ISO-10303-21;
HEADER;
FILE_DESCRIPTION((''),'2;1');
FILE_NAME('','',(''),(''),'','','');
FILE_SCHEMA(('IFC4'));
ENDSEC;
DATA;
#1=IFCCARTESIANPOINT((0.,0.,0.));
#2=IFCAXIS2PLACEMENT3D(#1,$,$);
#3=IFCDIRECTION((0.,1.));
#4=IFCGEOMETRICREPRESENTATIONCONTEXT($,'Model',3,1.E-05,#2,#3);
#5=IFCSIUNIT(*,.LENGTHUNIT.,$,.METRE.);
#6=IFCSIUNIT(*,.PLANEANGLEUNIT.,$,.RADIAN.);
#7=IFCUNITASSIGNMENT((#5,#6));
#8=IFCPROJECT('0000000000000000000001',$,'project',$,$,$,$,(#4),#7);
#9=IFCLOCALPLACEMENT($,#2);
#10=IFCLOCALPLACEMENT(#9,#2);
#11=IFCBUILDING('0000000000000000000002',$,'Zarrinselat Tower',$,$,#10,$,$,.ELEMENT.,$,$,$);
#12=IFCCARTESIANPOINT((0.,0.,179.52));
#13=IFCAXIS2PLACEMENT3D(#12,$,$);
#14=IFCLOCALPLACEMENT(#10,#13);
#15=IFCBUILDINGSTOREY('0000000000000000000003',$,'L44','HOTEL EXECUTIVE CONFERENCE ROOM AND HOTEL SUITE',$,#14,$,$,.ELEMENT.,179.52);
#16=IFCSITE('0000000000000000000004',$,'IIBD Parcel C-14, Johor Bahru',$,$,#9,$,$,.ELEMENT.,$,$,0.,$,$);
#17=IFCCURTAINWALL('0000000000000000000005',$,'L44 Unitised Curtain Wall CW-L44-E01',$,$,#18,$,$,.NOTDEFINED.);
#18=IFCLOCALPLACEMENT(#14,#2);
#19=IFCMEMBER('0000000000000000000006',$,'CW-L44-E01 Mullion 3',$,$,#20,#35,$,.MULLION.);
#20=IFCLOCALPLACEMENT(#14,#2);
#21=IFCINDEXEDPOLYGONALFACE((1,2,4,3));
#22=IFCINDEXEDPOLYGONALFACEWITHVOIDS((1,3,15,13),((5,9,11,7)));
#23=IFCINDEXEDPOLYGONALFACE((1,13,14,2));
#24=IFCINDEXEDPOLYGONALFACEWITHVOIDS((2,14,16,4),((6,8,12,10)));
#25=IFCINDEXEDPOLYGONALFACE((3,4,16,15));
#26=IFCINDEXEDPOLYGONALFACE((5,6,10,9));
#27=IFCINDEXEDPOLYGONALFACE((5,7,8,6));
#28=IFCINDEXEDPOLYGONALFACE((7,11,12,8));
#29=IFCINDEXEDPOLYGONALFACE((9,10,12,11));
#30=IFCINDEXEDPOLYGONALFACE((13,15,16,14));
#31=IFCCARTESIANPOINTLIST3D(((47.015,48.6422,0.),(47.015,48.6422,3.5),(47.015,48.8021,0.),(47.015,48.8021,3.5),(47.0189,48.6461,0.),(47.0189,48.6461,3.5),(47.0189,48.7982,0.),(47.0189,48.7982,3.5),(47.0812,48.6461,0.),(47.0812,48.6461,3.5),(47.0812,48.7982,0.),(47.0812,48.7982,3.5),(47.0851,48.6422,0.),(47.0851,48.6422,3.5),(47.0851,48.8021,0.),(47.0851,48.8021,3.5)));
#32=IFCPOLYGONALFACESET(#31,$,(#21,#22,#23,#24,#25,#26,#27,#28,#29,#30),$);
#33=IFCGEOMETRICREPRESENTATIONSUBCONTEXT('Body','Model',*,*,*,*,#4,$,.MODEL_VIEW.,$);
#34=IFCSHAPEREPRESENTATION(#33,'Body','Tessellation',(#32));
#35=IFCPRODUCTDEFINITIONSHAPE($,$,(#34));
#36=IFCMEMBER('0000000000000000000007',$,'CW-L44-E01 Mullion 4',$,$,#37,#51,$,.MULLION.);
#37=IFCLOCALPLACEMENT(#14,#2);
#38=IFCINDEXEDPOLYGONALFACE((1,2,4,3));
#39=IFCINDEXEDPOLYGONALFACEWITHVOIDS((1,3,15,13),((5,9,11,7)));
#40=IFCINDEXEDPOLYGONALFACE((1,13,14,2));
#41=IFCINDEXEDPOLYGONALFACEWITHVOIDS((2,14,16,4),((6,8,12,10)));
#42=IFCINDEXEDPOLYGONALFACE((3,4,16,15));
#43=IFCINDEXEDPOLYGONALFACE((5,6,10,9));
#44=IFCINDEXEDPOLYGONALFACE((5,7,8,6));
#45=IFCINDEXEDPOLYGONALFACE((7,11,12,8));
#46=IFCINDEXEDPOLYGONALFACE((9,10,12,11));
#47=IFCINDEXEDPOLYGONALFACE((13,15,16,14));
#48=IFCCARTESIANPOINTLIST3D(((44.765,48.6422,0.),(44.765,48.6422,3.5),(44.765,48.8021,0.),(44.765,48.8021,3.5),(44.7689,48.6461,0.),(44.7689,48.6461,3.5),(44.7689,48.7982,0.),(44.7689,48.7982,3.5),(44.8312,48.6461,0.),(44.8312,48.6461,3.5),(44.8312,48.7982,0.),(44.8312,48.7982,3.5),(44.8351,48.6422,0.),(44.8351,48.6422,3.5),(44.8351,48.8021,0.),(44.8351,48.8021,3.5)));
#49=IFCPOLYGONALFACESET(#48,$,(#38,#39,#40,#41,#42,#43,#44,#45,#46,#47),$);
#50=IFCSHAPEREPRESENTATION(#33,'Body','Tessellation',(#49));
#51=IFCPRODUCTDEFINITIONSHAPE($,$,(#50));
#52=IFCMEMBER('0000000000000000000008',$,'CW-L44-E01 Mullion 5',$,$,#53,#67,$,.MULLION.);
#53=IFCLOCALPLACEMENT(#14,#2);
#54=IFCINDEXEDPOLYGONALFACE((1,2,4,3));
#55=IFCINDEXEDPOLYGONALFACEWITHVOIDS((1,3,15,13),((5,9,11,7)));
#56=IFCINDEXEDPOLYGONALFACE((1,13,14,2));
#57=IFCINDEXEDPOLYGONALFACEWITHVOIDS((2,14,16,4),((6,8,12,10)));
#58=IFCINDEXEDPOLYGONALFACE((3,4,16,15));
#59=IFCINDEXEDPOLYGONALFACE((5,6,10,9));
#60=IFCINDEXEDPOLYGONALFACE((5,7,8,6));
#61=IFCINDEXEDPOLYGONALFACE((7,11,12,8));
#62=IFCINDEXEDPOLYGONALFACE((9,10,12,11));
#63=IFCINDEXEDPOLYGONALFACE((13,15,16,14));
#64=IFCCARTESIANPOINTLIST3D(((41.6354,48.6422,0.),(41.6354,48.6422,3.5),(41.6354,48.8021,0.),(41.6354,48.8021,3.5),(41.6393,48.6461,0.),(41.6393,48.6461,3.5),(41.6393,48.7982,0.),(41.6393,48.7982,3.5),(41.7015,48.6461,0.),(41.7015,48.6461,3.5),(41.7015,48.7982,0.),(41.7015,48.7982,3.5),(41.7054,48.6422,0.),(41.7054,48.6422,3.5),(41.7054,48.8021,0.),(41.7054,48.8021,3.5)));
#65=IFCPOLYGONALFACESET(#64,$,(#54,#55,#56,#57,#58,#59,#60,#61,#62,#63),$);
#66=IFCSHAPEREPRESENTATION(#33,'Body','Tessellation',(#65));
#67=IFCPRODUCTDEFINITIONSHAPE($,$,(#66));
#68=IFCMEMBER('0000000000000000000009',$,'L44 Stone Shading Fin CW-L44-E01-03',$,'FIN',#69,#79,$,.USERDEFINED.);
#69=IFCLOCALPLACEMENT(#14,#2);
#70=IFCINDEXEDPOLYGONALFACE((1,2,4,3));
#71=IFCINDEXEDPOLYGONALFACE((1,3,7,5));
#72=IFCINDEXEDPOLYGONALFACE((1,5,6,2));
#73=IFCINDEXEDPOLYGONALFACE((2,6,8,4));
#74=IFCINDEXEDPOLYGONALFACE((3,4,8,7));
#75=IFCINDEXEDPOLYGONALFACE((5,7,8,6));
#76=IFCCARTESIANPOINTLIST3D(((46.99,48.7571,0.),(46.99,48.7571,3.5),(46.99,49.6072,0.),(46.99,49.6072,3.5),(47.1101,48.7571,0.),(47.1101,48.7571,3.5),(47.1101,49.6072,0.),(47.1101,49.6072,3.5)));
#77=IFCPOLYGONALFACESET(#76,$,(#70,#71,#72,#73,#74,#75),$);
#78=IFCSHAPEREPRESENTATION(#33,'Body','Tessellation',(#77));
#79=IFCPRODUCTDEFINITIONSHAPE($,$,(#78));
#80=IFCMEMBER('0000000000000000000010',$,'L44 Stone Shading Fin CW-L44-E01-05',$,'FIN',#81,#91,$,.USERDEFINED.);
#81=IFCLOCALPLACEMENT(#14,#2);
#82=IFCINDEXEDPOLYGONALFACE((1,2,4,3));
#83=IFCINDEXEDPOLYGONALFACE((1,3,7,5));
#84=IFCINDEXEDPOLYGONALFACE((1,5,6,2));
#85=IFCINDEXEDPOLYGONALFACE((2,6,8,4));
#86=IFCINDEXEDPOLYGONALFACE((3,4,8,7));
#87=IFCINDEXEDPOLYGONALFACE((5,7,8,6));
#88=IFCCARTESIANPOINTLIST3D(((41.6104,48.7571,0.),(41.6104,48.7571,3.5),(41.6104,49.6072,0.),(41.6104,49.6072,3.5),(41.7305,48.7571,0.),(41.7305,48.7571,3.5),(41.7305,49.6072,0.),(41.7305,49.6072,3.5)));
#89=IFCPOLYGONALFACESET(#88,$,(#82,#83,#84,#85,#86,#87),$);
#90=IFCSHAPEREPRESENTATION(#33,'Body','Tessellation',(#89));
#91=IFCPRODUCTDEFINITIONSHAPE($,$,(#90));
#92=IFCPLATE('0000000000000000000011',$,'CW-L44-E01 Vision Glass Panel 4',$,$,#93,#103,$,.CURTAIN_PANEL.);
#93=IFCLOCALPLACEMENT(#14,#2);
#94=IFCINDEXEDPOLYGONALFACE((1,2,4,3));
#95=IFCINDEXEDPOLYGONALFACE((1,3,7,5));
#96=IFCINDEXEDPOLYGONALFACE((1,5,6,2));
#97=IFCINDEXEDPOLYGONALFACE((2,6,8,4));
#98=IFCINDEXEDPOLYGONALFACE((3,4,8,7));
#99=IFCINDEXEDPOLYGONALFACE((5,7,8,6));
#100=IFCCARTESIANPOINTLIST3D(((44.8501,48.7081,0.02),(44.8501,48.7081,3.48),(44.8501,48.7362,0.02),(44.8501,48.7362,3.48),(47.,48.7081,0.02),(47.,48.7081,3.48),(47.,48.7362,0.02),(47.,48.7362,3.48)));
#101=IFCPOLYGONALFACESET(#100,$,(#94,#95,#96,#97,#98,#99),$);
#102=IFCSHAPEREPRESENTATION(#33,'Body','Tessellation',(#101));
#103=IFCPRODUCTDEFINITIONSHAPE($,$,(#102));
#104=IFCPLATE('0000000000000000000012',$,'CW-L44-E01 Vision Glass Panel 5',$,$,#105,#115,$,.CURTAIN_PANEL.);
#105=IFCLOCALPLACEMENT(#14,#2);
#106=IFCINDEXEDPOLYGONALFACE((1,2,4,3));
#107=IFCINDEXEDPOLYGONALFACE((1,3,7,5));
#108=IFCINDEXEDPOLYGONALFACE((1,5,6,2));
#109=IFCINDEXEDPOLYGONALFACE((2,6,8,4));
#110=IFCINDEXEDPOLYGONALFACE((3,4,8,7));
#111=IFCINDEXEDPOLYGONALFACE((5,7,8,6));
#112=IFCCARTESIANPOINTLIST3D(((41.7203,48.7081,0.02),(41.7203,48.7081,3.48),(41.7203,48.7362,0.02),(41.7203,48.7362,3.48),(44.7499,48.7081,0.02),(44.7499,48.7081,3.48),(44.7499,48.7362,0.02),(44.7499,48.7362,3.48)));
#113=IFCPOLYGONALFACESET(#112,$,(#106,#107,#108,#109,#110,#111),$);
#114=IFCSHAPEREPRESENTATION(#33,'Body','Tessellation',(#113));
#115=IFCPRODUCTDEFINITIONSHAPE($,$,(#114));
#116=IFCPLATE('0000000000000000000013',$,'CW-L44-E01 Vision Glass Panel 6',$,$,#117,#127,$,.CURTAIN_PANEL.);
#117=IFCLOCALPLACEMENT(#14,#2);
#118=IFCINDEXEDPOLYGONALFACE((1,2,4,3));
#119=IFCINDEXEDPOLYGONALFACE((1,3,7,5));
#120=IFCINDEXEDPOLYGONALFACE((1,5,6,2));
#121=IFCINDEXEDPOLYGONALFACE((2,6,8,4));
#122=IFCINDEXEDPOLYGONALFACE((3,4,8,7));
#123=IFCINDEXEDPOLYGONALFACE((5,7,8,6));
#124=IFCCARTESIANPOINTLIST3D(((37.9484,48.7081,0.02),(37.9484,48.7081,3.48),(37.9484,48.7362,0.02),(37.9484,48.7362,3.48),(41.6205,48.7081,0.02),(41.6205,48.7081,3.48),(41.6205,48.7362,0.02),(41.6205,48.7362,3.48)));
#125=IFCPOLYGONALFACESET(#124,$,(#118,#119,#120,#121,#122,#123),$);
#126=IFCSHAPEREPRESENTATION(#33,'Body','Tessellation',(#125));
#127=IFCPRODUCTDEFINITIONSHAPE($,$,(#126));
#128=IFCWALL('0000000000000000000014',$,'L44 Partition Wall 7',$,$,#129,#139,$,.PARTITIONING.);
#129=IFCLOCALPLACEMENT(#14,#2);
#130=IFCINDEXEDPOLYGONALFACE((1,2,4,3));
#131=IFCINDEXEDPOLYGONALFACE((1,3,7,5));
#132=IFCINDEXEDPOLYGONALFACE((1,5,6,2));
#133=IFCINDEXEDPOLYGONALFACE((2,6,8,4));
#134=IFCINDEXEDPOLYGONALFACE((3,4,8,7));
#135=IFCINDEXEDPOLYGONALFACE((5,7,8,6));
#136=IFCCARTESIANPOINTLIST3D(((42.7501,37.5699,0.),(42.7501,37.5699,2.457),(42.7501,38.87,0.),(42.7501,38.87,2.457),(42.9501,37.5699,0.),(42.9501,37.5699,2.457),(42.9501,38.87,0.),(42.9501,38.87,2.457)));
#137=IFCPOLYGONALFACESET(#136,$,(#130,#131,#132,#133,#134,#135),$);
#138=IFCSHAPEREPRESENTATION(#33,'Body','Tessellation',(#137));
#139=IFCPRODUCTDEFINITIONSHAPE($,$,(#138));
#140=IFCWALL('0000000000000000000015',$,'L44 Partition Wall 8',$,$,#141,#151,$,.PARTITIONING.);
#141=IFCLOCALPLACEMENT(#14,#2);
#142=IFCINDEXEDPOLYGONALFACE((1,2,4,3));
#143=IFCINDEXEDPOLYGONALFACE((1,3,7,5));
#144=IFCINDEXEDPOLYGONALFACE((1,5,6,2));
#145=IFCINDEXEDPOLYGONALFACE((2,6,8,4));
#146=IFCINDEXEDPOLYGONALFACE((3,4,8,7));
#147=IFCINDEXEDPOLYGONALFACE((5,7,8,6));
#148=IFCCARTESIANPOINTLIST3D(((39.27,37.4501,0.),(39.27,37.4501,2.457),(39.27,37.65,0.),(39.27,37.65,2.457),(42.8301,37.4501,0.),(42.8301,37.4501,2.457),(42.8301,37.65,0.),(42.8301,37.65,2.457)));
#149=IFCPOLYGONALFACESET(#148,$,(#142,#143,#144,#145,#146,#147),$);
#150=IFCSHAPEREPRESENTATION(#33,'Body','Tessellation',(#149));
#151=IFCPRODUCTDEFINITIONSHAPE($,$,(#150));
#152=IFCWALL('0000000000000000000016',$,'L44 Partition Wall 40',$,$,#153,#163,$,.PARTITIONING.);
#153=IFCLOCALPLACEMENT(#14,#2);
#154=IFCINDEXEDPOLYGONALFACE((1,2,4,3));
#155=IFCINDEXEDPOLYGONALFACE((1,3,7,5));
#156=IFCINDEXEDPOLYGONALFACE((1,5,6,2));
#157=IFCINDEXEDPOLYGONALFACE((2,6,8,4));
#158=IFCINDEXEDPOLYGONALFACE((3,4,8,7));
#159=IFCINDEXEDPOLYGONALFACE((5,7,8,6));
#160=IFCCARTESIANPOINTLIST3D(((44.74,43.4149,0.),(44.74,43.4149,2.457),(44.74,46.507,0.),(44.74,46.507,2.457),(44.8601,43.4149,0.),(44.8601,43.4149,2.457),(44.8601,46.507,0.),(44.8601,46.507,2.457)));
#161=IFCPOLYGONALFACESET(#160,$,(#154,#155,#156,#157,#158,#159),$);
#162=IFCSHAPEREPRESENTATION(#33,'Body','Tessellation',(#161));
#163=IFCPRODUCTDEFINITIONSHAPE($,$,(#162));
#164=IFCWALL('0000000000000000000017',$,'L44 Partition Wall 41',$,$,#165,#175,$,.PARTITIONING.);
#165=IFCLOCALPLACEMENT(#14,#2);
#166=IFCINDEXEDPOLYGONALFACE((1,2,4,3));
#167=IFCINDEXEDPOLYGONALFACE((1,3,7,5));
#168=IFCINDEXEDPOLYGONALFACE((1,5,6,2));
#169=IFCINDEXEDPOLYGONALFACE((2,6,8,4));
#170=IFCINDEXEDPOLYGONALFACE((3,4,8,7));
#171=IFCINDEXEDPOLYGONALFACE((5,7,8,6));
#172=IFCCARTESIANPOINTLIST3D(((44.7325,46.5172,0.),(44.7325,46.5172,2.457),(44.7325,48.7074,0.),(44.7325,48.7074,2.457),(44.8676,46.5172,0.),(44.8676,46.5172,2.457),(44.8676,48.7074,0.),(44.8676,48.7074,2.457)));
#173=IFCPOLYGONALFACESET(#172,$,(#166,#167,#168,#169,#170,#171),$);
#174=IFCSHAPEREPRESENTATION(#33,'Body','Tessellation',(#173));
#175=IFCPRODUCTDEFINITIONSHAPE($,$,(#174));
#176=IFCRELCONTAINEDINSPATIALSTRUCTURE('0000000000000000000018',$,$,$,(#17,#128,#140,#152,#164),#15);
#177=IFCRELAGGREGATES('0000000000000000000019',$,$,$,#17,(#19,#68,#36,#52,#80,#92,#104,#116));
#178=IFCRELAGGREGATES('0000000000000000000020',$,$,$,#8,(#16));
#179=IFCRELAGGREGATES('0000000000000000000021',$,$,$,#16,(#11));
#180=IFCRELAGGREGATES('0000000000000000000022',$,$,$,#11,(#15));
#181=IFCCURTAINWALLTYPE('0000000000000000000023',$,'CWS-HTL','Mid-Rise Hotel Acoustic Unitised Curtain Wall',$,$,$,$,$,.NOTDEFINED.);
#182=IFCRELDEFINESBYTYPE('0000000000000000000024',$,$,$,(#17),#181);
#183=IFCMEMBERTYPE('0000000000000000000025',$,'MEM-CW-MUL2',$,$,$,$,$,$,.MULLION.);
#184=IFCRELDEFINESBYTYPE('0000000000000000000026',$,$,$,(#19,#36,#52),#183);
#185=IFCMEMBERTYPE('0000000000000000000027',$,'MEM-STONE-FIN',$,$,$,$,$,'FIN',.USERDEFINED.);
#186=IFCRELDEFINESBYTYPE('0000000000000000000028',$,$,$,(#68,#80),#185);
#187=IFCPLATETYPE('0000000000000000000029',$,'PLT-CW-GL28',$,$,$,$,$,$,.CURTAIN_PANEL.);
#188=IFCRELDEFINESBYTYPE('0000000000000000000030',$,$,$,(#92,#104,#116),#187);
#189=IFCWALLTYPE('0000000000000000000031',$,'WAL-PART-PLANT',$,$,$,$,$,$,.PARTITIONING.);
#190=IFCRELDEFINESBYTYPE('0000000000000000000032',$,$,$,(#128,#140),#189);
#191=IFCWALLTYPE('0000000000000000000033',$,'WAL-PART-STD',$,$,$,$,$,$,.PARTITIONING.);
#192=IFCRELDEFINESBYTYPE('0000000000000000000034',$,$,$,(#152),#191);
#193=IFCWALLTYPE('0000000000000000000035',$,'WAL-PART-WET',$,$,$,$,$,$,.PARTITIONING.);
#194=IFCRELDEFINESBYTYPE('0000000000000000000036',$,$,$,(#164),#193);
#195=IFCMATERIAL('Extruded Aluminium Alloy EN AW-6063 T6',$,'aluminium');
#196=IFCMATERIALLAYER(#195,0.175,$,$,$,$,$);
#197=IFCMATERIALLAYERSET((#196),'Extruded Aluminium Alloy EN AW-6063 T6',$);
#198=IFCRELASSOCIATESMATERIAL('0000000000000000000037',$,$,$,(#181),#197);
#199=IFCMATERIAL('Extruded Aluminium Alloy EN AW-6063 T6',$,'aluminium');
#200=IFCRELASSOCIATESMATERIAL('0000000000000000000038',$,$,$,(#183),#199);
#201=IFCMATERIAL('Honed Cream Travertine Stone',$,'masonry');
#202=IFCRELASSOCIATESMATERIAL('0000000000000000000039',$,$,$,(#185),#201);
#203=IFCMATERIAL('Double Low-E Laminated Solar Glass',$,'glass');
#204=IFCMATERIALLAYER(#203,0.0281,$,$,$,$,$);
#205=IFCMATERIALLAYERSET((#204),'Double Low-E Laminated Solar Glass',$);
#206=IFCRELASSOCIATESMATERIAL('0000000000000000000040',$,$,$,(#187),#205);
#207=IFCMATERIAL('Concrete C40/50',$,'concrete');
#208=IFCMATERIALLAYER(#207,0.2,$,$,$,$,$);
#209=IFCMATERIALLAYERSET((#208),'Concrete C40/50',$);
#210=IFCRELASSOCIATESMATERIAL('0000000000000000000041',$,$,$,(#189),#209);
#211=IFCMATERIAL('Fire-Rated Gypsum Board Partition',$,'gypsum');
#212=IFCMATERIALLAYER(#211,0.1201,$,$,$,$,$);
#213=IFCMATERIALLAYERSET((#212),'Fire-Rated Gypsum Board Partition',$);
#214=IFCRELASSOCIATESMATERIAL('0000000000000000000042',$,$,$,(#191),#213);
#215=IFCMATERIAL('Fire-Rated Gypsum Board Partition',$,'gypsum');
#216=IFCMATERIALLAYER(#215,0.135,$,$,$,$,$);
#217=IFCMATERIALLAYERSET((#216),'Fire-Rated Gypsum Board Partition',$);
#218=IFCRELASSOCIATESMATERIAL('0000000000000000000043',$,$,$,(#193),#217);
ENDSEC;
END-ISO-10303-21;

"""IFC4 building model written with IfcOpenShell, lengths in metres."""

from ifc_helpers import new_model, si_unit, direction, frame, frame_2d, origin, origin_2d, place, context, subcontext, project, spatial, rectangle, hollow_rectangle, extrude, material, layer, layer_set, material_profile, profile_set, type_object, element, aggregate, save


model = new_model("IFC4")

# Units and contexts
model_context = context("Model", 3, precision=1e-05, world=origin(), true_north=direction((0.0, 1.0)))
body_context = subcontext(model_context, "Body", "Model", "MODEL_VIEW")
ifc_project = project(units=[si_unit("LENGTHUNIT", "METRE"), si_unit("PLANEANGLEUNIT", "RADIAN")], contexts=[model_context])

# Site, building, storey
site_placement = place(None, origin())
site = spatial("IfcSite", under=ifc_project, at=site_placement, Name="IIBD Parcel C-14, Johor Bahru", CompositionType="ELEMENT", RefElevation=0.0)
building_placement = place(site_placement, origin())
building = spatial("IfcBuilding", under=site, at=building_placement, Name="Zarrinselat Tower", CompositionType="ELEMENT")
storey_placement = place(building_placement, frame((0.0, 0.0, 179.52)))
storey = spatial("IfcBuildingStorey", under=building, at=storey_placement, Name="L44", Description="HOTEL EXECUTIVE CONFERENCE ROOM AND HOTEL SUITE", CompositionType="ELEMENT", Elevation=179.52)

# Curtain wall, members, plates
ifc_material_1 = material(Name="Extruded Aluminium Alloy EN AW-6063 T6", Category="aluminium")
ifc_layer_1 = layer(ifc_material_1, 0.175)
ifc_layer_set_1 = layer_set([ifc_layer_1], Name="Extruded Aluminium Alloy EN AW-6063 T6")
curtain_wall_type = type_object("IfcCurtainWallType", Name="CWS-HTL", Description="Mid-Rise Hotel Acoustic Unitised Curtain Wall", PredefinedType="NOTDEFINED", material=ifc_layer_set_1)
curtain_wall_placement = place(storey_placement, origin())
curtain_wall = element("IfcCurtainWall", 1, at=curtain_wall_placement, inside=storey, type_object=curtain_wall_type, Name="L44 Unitised Curtain Wall CW-L44-E01", PredefinedType="NOTDEFINED")
ifc_material_2 = material(Name="Extruded Aluminium Alloy EN AW-6063 T6", Category="aluminium")
ifc_material_profile_1 = material_profile(ifc_material_2, hollow_rectangle(XDim=0.0701, YDim=0.1599, WallThickness=0.0039, at=origin_2d()), Name="RHS 160x70x4")
ifc_profile_set_1 = profile_set([ifc_material_profile_1], Name="Extruded Aluminium Alloy EN AW-6063 T6")
member_type_1 = type_object("IfcMemberType", Name="MEM-CW-MUL2", PredefinedType="MULLION", material=ifc_profile_set_1)
member_1_placement = place(storey_placement, frame((47.05, 48.7222, 0.0), z_axis=(0.0, 0.0, 1.0), x_axis=(-1.0, 0.0, 0.0)))
member_1 = element("IfcMember", 2, at=member_1_placement, type_object=member_type_1, Name="CW-L44-E01 Mullion 3", PredefinedType="MULLION", context=body_context, shape_type="SweptSolid", body=[
    extrude(hollow_rectangle(XDim=0.0701, YDim=0.1599, WallThickness=0.0039, at=origin_2d()), origin(), (0.0, 0.0, 1.0), 3.5),
])
member_2_placement = place(storey_placement, frame((44.8, 48.7222, 0.0), z_axis=(0.0, 0.0, 1.0), x_axis=(-1.0, 0.0, 0.0)))
member_2 = element("IfcMember", 3, at=member_2_placement, type_object=member_type_1, Name="CW-L44-E01 Mullion 4", PredefinedType="MULLION", context=body_context, shape_type="SweptSolid", body=[
    extrude(hollow_rectangle(XDim=0.0701, YDim=0.1599, WallThickness=0.0039, at=origin_2d()), origin(), (0.0, 0.0, 1.0), 3.5),
])
member_3_placement = place(storey_placement, frame((41.6704, 48.7222, 0.0), z_axis=(0.0, 0.0, 1.0), x_axis=(-1.0, 0.0, 0.0)))
member_3 = element("IfcMember", 4, at=member_3_placement, type_object=member_type_1, Name="CW-L44-E01 Mullion 5", PredefinedType="MULLION", context=body_context, shape_type="SweptSolid", body=[
    extrude(hollow_rectangle(XDim=0.0701, YDim=0.1599, WallThickness=0.0039, at=origin_2d()), origin(), (0.0, 0.0, 1.0), 3.5),
])
ifc_material_3 = material(Name="Honed Cream Travertine Stone", Category="masonry")
ifc_material_profile_2 = material_profile(ifc_material_3, rectangle(XDim=0.1201, YDim=0.8501, at=origin_2d()), Name="FIN 850x120")
ifc_profile_set_2 = profile_set([ifc_material_profile_2], Name="Honed Cream Travertine Stone")
member_type_2 = type_object("IfcMemberType", Name="MEM-STONE-FIN", ElementType="FIN", PredefinedType="USERDEFINED", material=ifc_profile_set_2)
member_4_placement = place(storey_placement, frame((47.05, 49.1821, 0.0), z_axis=(0.0, 0.0, 1.0), x_axis=(1.0, 0.0, 0.0)))
member_4 = element("IfcMember", 5, at=member_4_placement, type_object=member_type_2, Name="L44 Stone Shading Fin CW-L44-E01-03", ObjectType="FIN", PredefinedType="USERDEFINED", context=body_context, shape_type="SweptSolid", body=[
    extrude(rectangle(XDim=0.1201, YDim=0.8501, at=origin_2d()), origin(), (0.0, 0.0, 1.0), 3.5),
])
member_5_placement = place(storey_placement, frame((41.6704, 49.1821, 0.0), z_axis=(0.0, 0.0, 1.0), x_axis=(1.0, 0.0, 0.0)))
member_5 = element("IfcMember", 6, at=member_5_placement, type_object=member_type_2, Name="L44 Stone Shading Fin CW-L44-E01-05", ObjectType="FIN", PredefinedType="USERDEFINED", context=body_context, shape_type="SweptSolid", body=[
    extrude(rectangle(XDim=0.1201, YDim=0.8501, at=origin_2d()), origin(), (0.0, 0.0, 1.0), 3.5),
])
ifc_material_4 = material(Name="Double Low-E Laminated Solar Glass", Category="glass")
ifc_layer_2 = layer(ifc_material_4, 0.0281)
ifc_layer_set_2 = layer_set([ifc_layer_2], Name="Double Low-E Laminated Solar Glass")
plate_type = type_object("IfcPlateType", Name="PLT-CW-GL28", PredefinedType="CURTAIN_PANEL", material=ifc_layer_set_2)
plate_1_placement = place(storey_placement, frame((45.925, 48.7222, 0.02), z_axis=(0.0, 0.0, 1.0), x_axis=(-1.0, 0.0, 0.0)))
plate_1 = element("IfcPlate", 7, at=plate_1_placement, type_object=plate_type, Name="CW-L44-E01 Vision Glass Panel 4", PredefinedType="CURTAIN_PANEL", context=body_context, shape_type="SweptSolid", body=[
    extrude(rectangle(XDim=2.1499, YDim=0.0281, at=origin_2d()), origin(), (0.0, 0.0, 1.0), 3.46),
])
plate_2_placement = place(storey_placement, frame((43.2351, 48.7222, 0.02), z_axis=(0.0, 0.0, 1.0), x_axis=(-1.0, 0.0, 0.0)))
plate_2 = element("IfcPlate", 8, at=plate_2_placement, type_object=plate_type, Name="CW-L44-E01 Vision Glass Panel 5", PredefinedType="CURTAIN_PANEL", context=body_context, shape_type="SweptSolid", body=[
    extrude(rectangle(XDim=3.0295, YDim=0.0281, at=origin_2d()), origin(), (0.0, 0.0, 1.0), 3.46),
])
plate_3_placement = place(storey_placement, frame((39.7844, 48.7222, 0.02), z_axis=(0.0, 0.0, 1.0), x_axis=(-1.0, 0.0, 0.0)))
plate_3 = element("IfcPlate", 9, at=plate_3_placement, type_object=plate_type, Name="CW-L44-E01 Vision Glass Panel 6", PredefinedType="CURTAIN_PANEL", context=body_context, shape_type="SweptSolid", body=[
    extrude(rectangle(XDim=3.6721, YDim=0.0281, at=origin_2d()), origin(), (0.0, 0.0, 1.0), 3.46),
])
aggregate(curtain_wall, [member_1, member_4, member_2, member_3, member_5, plate_1, plate_2, plate_3])

# Walls
ifc_material_5 = material(Name="Concrete C40/50", Category="concrete")
ifc_layer_3 = layer(ifc_material_5, 0.2)
ifc_layer_set_3 = layer_set([ifc_layer_3], Name="Concrete C40/50")
wall_type_1 = type_object("IfcWallType", Name="WAL-PART-PLANT", PredefinedType="PARTITIONING", material=ifc_layer_set_3)
wall_1_placement = place(storey_placement, frame((42.8501, 37.5701, 0.0), z_axis=(0.0, 0.0, 1.0), x_axis=(0.0, 1.0, 0.0)))
element("IfcWall", 10, at=wall_1_placement, inside=storey, type_object=wall_type_1, Name="L44 Partition Wall 7", PredefinedType="PARTITIONING", context=body_context, shape_type="SweptSolid", body=[
    extrude(rectangle(XDim=1.3, YDim=0.2, at=frame_2d((0.6499, 0.0))), origin(), (0.0, 0.0, 1.0), 2.457),
])
wall_2_placement = place(storey_placement, frame((39.27, 37.55, 0.0), z_axis=(0.0, 0.0, 1.0), x_axis=(1.0, 0.0, 0.0)))
element("IfcWall", 11, at=wall_2_placement, inside=storey, type_object=wall_type_1, Name="L44 Partition Wall 8", PredefinedType="PARTITIONING", context=body_context, shape_type="SweptSolid", body=[
    extrude(rectangle(XDim=3.5601, YDim=0.2, at=frame_2d((1.78, 0.0))), origin(), (0.0, 0.0, 1.0), 2.457),
])
ifc_material_6 = material(Name="Fire-Rated Gypsum Board Partition", Category="gypsum")
ifc_layer_4 = layer(ifc_material_6, 0.1201)
ifc_layer_set_4 = layer_set([ifc_layer_4], Name="Fire-Rated Gypsum Board Partition")
wall_type_2 = type_object("IfcWallType", Name="WAL-PART-STD", PredefinedType="PARTITIONING", material=ifc_layer_set_4)
wall_3_placement = place(storey_placement, frame((44.8, 43.415, 0.0), z_axis=(0.0, 0.0, 1.0), x_axis=(0.0, 1.0, 0.0)))
element("IfcWall", 12, at=wall_3_placement, inside=storey, type_object=wall_type_2, Name="L44 Partition Wall 40", PredefinedType="PARTITIONING", context=body_context, shape_type="SweptSolid", body=[
    extrude(rectangle(XDim=3.092, YDim=0.1201, at=frame_2d((1.5459, 0.0))), origin(), (0.0, 0.0, 1.0), 2.457),
])
ifc_material_7 = material(Name="Fire-Rated Gypsum Board Partition", Category="gypsum")
ifc_layer_5 = layer(ifc_material_7, 0.135)
ifc_layer_set_5 = layer_set([ifc_layer_5], Name="Fire-Rated Gypsum Board Partition")
wall_type_3 = type_object("IfcWallType", Name="WAL-PART-WET", PredefinedType="PARTITIONING", material=ifc_layer_set_5)
wall_4_placement = place(storey_placement, frame((44.8, 46.5171, 0.0), z_axis=(0.0, 0.0, 1.0), x_axis=(0.0, 1.0, 0.0)))
element("IfcWall", 13, at=wall_4_placement, inside=storey, type_object=wall_type_3, Name="L44 Partition Wall 41", PredefinedType="PARTITIONING", context=body_context, shape_type="SweptSolid", body=[
    extrude(rectangle(XDim=2.1902, YDim=0.135, at=frame_2d((1.0952, 0.0))), origin(), (0.0, 0.0, 1.0), 2.457),
])

save(model, "model.ifc")
